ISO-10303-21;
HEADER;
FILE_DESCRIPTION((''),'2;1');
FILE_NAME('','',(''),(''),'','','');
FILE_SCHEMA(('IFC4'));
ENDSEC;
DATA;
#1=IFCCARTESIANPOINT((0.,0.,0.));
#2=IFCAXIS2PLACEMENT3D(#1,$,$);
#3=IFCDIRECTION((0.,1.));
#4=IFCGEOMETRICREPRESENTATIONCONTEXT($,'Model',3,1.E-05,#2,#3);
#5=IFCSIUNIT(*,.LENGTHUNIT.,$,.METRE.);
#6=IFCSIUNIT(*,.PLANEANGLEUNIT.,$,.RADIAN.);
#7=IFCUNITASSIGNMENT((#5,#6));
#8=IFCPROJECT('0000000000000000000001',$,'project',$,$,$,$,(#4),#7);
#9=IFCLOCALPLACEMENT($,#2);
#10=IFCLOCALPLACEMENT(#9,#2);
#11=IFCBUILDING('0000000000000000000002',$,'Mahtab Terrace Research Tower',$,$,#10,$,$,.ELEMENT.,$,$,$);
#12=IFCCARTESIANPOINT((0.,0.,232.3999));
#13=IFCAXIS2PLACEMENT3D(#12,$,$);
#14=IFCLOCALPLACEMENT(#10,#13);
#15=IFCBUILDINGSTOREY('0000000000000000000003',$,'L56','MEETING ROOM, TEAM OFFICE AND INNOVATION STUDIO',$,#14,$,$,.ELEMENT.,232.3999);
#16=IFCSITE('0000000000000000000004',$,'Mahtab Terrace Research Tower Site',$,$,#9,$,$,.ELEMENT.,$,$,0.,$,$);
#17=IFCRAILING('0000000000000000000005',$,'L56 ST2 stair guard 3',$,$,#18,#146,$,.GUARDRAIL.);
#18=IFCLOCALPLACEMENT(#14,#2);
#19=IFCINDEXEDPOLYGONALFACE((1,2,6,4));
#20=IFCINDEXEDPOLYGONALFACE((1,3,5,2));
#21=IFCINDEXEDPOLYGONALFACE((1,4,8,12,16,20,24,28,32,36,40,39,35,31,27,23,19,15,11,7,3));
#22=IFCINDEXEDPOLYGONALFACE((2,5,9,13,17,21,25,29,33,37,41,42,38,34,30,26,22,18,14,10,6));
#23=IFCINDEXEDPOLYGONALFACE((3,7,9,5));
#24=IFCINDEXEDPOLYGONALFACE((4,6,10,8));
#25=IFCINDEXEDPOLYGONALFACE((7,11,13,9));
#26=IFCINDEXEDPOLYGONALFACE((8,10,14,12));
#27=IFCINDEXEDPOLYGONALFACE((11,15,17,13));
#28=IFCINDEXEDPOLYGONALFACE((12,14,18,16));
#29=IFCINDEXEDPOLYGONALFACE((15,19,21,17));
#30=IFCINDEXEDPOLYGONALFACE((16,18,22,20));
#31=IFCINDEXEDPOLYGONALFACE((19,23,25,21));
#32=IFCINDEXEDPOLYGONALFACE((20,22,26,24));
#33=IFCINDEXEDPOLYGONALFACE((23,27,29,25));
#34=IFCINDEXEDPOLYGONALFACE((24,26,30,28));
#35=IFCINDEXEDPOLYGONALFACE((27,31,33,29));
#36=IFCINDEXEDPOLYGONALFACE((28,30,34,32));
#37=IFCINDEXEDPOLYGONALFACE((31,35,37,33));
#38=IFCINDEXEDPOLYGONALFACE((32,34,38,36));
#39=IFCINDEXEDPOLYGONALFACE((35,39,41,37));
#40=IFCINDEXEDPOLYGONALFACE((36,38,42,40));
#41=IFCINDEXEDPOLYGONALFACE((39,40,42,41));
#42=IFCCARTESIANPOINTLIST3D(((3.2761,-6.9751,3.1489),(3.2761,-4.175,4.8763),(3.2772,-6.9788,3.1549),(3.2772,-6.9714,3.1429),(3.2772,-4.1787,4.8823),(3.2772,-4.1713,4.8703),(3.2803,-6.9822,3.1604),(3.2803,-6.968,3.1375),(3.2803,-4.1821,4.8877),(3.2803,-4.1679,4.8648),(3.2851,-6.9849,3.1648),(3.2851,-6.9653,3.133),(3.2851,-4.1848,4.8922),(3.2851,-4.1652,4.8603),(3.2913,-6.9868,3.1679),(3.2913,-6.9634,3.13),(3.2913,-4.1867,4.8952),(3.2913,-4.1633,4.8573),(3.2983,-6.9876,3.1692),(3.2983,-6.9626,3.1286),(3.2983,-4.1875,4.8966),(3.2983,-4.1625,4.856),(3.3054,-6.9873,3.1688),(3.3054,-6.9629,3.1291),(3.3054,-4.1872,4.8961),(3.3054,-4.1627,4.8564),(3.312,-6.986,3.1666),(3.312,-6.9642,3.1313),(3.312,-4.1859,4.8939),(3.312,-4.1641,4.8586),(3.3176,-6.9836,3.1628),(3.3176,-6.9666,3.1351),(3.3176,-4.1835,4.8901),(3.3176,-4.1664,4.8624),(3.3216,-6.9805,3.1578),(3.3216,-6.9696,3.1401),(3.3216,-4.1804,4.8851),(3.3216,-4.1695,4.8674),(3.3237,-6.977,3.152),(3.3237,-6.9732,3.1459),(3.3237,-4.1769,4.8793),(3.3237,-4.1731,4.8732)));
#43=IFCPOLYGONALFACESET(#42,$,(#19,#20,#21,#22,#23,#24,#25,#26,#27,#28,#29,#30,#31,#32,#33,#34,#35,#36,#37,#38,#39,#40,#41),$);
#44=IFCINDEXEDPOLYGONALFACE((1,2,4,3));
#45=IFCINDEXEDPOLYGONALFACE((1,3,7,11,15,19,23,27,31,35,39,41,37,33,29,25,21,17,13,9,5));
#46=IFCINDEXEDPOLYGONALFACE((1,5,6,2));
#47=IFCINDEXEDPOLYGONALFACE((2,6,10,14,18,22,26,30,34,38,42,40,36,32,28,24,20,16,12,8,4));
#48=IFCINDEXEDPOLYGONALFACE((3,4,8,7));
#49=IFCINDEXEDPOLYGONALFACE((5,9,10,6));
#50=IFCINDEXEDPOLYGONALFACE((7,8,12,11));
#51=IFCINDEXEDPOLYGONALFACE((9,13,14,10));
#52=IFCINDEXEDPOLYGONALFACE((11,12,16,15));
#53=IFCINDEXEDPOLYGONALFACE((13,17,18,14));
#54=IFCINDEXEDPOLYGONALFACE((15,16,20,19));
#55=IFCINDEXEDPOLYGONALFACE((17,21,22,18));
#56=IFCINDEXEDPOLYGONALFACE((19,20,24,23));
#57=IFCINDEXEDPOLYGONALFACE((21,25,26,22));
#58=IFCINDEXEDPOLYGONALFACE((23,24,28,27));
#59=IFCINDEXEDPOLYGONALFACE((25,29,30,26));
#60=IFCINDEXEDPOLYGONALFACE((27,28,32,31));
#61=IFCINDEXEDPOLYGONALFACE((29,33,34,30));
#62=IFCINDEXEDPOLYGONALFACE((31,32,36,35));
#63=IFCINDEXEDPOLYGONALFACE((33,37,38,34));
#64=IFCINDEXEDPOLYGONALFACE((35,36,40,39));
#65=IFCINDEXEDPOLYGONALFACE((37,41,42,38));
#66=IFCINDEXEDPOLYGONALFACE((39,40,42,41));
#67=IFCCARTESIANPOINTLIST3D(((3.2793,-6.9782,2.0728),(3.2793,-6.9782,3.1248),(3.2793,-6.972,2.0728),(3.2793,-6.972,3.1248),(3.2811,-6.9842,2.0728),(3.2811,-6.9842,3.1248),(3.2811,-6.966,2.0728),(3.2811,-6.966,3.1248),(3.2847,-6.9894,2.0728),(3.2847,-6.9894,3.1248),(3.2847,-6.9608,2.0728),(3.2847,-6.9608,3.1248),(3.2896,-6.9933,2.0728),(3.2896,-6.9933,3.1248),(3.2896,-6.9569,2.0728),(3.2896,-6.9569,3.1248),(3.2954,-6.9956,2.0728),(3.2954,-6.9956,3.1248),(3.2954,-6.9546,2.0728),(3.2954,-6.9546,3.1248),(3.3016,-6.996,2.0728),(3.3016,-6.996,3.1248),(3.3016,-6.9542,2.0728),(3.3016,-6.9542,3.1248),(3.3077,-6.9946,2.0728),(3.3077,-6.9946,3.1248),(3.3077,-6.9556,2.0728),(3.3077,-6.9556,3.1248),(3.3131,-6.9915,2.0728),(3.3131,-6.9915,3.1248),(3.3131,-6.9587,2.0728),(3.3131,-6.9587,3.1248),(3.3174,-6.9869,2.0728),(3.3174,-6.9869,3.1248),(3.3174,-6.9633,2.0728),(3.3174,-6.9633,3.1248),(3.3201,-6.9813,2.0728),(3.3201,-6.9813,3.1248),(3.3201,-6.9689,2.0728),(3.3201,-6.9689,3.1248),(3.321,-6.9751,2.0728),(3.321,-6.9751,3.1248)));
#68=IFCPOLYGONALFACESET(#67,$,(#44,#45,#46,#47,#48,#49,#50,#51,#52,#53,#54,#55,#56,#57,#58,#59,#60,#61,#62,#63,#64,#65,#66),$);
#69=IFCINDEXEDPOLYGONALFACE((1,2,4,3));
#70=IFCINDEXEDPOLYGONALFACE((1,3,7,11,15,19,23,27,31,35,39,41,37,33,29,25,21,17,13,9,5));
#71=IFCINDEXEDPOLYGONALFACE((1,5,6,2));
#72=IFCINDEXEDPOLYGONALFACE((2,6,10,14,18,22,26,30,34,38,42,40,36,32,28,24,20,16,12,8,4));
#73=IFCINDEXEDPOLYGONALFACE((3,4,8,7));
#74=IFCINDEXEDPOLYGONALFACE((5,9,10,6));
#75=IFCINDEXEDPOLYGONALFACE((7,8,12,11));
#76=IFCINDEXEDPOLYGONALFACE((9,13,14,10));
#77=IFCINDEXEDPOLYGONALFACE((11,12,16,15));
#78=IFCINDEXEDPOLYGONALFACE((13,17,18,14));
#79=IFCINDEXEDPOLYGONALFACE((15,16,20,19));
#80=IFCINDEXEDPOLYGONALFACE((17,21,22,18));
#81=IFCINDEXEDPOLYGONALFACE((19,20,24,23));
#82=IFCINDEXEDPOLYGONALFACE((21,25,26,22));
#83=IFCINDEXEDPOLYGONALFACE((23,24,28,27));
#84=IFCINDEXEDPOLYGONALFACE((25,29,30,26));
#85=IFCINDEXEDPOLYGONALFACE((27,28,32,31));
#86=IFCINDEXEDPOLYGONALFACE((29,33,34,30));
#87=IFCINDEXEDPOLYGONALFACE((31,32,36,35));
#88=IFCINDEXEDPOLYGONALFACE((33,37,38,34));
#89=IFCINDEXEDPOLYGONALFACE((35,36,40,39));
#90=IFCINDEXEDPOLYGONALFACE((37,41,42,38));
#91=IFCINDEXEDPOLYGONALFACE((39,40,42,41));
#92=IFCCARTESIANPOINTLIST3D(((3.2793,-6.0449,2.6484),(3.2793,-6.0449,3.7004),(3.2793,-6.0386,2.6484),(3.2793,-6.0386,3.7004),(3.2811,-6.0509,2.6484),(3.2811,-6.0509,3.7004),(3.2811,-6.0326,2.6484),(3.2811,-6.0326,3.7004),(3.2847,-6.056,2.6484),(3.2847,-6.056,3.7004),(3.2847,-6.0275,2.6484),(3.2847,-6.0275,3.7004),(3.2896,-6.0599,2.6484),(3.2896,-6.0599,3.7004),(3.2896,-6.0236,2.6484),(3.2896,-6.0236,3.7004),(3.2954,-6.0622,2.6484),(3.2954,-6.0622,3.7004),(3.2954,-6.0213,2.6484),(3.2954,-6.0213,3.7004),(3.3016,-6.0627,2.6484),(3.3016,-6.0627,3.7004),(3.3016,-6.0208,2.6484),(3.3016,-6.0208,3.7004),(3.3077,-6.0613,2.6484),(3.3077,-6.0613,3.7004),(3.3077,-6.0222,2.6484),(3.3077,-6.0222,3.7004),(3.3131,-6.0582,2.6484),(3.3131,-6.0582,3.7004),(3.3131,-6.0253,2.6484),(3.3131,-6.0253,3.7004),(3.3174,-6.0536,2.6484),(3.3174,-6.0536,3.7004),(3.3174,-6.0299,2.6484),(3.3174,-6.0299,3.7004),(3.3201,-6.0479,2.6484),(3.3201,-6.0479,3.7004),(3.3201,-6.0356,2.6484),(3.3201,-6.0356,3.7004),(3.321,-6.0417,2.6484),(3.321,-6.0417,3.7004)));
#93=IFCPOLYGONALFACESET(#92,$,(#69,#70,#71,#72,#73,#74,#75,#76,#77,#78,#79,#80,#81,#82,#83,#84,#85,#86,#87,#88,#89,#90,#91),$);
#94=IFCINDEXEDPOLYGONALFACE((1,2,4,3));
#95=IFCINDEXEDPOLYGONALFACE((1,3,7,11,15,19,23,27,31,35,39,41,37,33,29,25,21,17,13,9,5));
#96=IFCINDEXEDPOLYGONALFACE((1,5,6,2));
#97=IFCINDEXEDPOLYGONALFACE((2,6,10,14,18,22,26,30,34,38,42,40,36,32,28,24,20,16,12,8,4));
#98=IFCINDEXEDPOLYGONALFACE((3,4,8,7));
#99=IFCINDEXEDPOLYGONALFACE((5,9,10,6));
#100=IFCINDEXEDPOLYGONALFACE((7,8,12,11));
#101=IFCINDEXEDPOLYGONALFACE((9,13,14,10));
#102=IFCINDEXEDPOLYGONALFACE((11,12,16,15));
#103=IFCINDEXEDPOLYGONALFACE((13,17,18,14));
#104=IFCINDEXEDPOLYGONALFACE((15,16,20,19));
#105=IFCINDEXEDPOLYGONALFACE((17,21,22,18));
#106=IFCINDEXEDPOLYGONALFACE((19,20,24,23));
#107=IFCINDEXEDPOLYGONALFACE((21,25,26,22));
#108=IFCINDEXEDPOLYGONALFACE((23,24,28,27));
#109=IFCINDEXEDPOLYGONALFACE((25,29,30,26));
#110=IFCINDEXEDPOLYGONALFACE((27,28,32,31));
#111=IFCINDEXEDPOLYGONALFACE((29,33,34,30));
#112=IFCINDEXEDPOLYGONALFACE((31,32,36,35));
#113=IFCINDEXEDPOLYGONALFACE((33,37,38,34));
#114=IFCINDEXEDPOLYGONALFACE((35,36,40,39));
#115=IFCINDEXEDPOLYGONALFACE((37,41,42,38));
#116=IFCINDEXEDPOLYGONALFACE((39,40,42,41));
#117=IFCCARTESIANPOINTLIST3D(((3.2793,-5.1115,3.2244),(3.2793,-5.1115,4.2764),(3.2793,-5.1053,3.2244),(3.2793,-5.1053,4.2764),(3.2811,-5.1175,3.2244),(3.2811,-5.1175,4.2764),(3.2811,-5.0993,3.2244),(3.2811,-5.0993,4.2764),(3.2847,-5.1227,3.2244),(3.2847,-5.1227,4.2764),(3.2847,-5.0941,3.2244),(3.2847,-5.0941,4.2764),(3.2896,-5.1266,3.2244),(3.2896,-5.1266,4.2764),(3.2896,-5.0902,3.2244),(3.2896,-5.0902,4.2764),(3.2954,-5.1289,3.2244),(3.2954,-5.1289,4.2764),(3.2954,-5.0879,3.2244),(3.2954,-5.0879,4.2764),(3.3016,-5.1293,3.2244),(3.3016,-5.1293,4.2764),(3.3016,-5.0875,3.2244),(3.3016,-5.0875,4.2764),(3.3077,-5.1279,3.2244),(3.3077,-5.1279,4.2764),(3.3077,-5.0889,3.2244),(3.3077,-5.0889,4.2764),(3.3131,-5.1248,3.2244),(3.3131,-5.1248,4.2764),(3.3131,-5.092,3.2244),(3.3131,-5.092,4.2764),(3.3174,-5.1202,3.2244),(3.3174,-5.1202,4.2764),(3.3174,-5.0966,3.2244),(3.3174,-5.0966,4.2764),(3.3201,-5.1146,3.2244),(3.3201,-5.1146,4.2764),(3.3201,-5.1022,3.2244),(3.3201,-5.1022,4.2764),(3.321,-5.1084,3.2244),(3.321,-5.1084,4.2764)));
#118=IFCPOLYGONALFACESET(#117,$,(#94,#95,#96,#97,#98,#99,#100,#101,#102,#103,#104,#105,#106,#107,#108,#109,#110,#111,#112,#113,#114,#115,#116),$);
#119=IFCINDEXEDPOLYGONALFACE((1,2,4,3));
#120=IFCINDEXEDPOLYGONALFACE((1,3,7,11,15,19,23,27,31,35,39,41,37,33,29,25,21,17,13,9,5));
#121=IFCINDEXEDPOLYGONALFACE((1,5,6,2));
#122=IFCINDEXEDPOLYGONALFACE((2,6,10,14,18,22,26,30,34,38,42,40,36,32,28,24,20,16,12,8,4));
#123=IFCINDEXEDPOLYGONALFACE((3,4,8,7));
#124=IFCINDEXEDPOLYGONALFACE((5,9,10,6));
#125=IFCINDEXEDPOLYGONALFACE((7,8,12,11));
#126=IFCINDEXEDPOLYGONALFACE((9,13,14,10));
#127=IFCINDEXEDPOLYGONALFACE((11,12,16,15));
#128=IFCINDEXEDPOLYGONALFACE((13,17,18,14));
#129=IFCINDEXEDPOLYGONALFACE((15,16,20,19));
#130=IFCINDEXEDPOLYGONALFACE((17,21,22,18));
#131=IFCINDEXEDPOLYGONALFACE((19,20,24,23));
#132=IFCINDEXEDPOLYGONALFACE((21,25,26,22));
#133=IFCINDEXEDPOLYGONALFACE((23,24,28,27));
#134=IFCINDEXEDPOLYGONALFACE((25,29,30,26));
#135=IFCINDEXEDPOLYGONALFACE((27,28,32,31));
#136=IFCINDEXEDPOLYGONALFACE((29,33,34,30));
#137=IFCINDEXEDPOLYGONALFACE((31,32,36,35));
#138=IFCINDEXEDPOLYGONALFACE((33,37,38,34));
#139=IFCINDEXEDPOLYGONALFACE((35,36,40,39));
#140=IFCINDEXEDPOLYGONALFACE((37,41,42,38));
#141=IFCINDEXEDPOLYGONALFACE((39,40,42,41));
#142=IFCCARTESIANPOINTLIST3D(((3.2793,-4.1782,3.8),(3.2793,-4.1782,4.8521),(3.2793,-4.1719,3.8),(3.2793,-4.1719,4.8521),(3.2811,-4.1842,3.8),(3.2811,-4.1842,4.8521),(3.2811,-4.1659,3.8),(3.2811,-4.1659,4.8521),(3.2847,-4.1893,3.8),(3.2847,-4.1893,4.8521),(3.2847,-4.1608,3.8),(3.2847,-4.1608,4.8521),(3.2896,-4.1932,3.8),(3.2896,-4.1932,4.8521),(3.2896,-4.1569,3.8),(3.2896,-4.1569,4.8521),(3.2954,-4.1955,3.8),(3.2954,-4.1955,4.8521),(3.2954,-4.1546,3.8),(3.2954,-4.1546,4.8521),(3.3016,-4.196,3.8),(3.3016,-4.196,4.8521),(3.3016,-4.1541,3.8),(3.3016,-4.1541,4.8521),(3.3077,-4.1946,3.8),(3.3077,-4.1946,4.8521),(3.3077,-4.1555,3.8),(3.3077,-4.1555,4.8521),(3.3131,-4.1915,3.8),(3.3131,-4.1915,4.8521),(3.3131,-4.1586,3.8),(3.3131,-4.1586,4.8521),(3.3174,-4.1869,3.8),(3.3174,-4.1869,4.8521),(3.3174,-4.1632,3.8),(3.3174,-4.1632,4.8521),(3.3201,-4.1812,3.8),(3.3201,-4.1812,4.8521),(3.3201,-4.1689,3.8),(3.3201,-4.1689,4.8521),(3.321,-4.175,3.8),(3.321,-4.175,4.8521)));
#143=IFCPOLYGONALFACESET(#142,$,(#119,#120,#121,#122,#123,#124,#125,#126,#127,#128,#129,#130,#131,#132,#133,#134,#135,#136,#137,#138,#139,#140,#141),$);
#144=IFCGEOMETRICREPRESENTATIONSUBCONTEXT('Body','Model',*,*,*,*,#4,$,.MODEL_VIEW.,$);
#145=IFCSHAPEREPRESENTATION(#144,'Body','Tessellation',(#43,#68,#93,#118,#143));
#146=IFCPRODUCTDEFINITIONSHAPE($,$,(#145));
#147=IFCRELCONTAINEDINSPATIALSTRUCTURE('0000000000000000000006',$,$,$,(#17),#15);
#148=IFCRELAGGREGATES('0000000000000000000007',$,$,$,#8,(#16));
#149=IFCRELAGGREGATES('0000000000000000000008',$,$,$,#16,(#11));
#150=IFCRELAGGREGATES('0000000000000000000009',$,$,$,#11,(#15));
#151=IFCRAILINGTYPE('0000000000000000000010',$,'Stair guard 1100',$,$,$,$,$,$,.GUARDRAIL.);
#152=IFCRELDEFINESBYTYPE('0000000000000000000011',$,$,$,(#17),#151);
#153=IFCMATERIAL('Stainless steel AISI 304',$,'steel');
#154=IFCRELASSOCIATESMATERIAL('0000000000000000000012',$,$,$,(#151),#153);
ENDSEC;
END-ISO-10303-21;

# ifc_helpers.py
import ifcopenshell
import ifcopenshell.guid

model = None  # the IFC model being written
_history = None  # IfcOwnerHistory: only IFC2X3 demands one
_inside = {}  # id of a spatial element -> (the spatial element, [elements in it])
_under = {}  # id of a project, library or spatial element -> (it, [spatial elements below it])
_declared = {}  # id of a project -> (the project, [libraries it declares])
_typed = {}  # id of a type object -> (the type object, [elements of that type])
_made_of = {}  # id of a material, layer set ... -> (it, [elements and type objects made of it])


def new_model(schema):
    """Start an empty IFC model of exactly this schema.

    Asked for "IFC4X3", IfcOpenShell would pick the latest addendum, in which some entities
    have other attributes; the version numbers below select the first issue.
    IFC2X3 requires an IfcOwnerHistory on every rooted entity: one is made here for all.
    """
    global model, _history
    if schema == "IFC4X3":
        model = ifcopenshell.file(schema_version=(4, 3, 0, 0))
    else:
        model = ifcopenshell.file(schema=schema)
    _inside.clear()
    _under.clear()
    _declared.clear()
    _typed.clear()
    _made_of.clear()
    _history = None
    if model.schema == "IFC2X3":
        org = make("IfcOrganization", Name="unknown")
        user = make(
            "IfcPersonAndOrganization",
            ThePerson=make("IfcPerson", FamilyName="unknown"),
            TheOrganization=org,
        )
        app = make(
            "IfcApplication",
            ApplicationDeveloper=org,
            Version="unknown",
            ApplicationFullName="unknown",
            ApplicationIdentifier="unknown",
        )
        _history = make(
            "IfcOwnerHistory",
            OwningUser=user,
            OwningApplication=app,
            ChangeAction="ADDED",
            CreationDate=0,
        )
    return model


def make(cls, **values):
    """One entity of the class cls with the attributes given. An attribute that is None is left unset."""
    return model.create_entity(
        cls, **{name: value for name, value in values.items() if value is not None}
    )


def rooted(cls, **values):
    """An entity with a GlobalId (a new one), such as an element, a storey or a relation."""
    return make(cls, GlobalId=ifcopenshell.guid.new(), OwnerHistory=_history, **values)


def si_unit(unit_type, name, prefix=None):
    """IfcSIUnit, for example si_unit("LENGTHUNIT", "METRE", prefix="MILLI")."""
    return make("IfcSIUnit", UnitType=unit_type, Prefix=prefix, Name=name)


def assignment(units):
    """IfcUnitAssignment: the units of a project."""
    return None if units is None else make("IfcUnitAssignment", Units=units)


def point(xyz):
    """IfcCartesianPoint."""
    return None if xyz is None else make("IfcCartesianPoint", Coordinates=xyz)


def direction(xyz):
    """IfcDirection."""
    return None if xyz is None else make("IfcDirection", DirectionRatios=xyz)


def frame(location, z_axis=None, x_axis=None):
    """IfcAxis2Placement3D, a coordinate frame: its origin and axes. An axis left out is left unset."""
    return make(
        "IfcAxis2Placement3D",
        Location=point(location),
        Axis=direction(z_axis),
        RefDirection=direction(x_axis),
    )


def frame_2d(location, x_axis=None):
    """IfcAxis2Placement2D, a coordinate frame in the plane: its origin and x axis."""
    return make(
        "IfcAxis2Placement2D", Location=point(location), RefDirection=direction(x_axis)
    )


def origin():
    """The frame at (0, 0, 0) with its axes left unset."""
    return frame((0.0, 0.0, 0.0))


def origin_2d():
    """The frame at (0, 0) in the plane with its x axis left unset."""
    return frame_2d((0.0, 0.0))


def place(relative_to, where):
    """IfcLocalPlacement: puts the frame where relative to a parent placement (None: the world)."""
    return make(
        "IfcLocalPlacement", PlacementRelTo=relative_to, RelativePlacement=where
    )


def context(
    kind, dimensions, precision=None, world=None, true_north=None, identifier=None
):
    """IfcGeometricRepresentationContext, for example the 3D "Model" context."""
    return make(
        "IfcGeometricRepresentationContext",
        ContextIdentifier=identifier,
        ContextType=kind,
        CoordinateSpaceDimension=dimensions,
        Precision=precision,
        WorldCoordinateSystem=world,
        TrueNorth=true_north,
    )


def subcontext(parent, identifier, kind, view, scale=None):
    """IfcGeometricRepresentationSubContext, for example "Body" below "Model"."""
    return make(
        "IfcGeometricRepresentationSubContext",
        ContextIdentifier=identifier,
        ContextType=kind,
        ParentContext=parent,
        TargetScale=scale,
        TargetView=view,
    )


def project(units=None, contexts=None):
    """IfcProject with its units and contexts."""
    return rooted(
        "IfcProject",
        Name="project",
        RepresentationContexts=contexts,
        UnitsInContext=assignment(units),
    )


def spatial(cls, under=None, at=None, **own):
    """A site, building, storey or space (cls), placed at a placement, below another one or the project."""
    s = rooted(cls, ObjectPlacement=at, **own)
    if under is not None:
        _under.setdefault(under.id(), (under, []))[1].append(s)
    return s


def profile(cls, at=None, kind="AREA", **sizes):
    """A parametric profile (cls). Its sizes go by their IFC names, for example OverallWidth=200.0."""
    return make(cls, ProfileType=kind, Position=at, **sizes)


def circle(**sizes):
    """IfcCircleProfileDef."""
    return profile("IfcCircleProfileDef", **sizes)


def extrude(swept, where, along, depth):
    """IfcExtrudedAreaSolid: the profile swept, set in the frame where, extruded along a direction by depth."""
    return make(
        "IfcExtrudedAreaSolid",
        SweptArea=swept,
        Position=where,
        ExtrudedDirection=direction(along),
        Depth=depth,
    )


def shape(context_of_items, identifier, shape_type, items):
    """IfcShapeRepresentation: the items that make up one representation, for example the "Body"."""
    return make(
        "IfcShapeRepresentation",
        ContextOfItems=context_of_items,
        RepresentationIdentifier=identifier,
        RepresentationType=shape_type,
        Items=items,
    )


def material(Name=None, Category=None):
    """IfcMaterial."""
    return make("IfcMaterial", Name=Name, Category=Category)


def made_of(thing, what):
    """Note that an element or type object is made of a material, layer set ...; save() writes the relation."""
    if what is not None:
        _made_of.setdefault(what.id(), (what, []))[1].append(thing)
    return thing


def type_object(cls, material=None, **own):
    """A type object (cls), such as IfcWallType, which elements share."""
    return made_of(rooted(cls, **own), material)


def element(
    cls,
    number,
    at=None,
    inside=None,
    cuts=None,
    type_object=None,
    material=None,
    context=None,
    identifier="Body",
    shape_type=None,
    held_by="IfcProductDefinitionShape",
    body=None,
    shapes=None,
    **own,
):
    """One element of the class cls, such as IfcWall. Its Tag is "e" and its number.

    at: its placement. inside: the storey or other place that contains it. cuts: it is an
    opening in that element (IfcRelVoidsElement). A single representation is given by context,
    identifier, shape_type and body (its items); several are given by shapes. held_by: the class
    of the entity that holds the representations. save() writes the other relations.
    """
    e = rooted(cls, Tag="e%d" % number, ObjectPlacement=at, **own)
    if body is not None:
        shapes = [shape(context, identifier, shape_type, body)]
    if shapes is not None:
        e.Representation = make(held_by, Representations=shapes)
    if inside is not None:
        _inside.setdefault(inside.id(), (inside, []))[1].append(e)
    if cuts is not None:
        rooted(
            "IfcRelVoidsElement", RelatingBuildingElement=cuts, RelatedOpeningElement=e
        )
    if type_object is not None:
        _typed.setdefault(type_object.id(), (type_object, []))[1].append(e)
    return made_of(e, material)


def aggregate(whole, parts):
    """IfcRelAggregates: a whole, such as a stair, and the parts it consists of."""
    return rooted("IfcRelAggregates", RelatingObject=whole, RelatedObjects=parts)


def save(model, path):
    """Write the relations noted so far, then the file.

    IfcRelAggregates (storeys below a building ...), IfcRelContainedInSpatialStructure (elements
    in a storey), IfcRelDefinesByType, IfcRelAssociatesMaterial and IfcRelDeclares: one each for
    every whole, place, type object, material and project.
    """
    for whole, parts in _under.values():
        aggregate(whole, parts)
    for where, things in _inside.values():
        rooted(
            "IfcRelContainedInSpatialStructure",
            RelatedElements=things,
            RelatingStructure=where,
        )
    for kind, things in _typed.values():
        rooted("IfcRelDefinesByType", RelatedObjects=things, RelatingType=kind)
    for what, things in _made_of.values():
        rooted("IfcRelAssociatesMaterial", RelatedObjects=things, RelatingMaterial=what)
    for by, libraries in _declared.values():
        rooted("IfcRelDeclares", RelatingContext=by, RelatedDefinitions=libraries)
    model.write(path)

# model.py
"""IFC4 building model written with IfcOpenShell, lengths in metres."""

from ifc_helpers import new_model, si_unit, direction, frame, origin, origin_2d, place, context, subcontext, project, spatial, circle, extrude, material, type_object, element, save


model = new_model("IFC4")

# Units and contexts
model_context = context("Model", 3, precision=1e-05, world=origin(), true_north=direction((0.0, 1.0)))
body_context = subcontext(model_context, "Body", "Model", "MODEL_VIEW")
ifc_project = project(units=[si_unit("LENGTHUNIT", "METRE"), si_unit("PLANEANGLEUNIT", "RADIAN")], contexts=[model_context])

# Site, building, storey
site_placement = place(None, origin())
site = spatial("IfcSite", under=ifc_project, at=site_placement, Name="Mahtab Terrace Research Tower Site", CompositionType="ELEMENT", RefElevation=0.0)
building_placement = place(site_placement, origin())
building = spatial("IfcBuilding", under=site, at=building_placement, Name="Mahtab Terrace Research Tower", CompositionType="ELEMENT")
storey_placement = place(building_placement, frame((0.0, 0.0, 232.3999)))
storey = spatial("IfcBuildingStorey", under=building, at=storey_placement, Name="L56", Description="MEETING ROOM, TEAM OFFICE AND INNOVATION STUDIO", CompositionType="ELEMENT", Elevation=232.3999)

# Railing
ifc_material_1 = material(Name="Stainless steel AISI 304", Category="steel")
railing_type_1 = type_object("IfcRailingType", Name="Stair guard 1100", PredefinedType="GUARDRAIL", material=ifc_material_1)
railing_1_placement = place(storey_placement, frame((3.3, -6.9751, 2.0728)))
element("IfcRailing", 1, at=railing_1_placement, inside=storey, type_object=railing_type_1, Name="L56 ST2 stair guard 3", PredefinedType="GUARDRAIL", context=body_context, shape_type="SweptSolid", body=[
    extrude(circle(Radius=0.0239, at=origin_2d()), frame((0.0, 0.0, 1.0762), z_axis=(0.0, 0.85109, 0.52502), x_axis=(-1.0, 0.0, 0.0)), (0.0, 0.0, 1.0), 3.29),
    extrude(circle(Radius=0.021, at=origin_2d()), origin(), (0.0, 0.0, 1.0), 1.052),
    extrude(circle(Radius=0.021, at=origin_2d()), frame((0.0, 0.9333, 0.5757)), (0.0, 0.0, 1.0), 1.052),
    extrude(circle(Radius=0.021, at=origin_2d()), frame((0.0, 1.8667, 1.1516)), (0.0, 0.0, 1.0), 1.052),
    extrude(circle(Radius=0.021, at=origin_2d()), frame((0.0, 2.8, 1.7273)), (0.0, 0.0, 1.0), 1.052),
])

save(model, "model.ifc")
